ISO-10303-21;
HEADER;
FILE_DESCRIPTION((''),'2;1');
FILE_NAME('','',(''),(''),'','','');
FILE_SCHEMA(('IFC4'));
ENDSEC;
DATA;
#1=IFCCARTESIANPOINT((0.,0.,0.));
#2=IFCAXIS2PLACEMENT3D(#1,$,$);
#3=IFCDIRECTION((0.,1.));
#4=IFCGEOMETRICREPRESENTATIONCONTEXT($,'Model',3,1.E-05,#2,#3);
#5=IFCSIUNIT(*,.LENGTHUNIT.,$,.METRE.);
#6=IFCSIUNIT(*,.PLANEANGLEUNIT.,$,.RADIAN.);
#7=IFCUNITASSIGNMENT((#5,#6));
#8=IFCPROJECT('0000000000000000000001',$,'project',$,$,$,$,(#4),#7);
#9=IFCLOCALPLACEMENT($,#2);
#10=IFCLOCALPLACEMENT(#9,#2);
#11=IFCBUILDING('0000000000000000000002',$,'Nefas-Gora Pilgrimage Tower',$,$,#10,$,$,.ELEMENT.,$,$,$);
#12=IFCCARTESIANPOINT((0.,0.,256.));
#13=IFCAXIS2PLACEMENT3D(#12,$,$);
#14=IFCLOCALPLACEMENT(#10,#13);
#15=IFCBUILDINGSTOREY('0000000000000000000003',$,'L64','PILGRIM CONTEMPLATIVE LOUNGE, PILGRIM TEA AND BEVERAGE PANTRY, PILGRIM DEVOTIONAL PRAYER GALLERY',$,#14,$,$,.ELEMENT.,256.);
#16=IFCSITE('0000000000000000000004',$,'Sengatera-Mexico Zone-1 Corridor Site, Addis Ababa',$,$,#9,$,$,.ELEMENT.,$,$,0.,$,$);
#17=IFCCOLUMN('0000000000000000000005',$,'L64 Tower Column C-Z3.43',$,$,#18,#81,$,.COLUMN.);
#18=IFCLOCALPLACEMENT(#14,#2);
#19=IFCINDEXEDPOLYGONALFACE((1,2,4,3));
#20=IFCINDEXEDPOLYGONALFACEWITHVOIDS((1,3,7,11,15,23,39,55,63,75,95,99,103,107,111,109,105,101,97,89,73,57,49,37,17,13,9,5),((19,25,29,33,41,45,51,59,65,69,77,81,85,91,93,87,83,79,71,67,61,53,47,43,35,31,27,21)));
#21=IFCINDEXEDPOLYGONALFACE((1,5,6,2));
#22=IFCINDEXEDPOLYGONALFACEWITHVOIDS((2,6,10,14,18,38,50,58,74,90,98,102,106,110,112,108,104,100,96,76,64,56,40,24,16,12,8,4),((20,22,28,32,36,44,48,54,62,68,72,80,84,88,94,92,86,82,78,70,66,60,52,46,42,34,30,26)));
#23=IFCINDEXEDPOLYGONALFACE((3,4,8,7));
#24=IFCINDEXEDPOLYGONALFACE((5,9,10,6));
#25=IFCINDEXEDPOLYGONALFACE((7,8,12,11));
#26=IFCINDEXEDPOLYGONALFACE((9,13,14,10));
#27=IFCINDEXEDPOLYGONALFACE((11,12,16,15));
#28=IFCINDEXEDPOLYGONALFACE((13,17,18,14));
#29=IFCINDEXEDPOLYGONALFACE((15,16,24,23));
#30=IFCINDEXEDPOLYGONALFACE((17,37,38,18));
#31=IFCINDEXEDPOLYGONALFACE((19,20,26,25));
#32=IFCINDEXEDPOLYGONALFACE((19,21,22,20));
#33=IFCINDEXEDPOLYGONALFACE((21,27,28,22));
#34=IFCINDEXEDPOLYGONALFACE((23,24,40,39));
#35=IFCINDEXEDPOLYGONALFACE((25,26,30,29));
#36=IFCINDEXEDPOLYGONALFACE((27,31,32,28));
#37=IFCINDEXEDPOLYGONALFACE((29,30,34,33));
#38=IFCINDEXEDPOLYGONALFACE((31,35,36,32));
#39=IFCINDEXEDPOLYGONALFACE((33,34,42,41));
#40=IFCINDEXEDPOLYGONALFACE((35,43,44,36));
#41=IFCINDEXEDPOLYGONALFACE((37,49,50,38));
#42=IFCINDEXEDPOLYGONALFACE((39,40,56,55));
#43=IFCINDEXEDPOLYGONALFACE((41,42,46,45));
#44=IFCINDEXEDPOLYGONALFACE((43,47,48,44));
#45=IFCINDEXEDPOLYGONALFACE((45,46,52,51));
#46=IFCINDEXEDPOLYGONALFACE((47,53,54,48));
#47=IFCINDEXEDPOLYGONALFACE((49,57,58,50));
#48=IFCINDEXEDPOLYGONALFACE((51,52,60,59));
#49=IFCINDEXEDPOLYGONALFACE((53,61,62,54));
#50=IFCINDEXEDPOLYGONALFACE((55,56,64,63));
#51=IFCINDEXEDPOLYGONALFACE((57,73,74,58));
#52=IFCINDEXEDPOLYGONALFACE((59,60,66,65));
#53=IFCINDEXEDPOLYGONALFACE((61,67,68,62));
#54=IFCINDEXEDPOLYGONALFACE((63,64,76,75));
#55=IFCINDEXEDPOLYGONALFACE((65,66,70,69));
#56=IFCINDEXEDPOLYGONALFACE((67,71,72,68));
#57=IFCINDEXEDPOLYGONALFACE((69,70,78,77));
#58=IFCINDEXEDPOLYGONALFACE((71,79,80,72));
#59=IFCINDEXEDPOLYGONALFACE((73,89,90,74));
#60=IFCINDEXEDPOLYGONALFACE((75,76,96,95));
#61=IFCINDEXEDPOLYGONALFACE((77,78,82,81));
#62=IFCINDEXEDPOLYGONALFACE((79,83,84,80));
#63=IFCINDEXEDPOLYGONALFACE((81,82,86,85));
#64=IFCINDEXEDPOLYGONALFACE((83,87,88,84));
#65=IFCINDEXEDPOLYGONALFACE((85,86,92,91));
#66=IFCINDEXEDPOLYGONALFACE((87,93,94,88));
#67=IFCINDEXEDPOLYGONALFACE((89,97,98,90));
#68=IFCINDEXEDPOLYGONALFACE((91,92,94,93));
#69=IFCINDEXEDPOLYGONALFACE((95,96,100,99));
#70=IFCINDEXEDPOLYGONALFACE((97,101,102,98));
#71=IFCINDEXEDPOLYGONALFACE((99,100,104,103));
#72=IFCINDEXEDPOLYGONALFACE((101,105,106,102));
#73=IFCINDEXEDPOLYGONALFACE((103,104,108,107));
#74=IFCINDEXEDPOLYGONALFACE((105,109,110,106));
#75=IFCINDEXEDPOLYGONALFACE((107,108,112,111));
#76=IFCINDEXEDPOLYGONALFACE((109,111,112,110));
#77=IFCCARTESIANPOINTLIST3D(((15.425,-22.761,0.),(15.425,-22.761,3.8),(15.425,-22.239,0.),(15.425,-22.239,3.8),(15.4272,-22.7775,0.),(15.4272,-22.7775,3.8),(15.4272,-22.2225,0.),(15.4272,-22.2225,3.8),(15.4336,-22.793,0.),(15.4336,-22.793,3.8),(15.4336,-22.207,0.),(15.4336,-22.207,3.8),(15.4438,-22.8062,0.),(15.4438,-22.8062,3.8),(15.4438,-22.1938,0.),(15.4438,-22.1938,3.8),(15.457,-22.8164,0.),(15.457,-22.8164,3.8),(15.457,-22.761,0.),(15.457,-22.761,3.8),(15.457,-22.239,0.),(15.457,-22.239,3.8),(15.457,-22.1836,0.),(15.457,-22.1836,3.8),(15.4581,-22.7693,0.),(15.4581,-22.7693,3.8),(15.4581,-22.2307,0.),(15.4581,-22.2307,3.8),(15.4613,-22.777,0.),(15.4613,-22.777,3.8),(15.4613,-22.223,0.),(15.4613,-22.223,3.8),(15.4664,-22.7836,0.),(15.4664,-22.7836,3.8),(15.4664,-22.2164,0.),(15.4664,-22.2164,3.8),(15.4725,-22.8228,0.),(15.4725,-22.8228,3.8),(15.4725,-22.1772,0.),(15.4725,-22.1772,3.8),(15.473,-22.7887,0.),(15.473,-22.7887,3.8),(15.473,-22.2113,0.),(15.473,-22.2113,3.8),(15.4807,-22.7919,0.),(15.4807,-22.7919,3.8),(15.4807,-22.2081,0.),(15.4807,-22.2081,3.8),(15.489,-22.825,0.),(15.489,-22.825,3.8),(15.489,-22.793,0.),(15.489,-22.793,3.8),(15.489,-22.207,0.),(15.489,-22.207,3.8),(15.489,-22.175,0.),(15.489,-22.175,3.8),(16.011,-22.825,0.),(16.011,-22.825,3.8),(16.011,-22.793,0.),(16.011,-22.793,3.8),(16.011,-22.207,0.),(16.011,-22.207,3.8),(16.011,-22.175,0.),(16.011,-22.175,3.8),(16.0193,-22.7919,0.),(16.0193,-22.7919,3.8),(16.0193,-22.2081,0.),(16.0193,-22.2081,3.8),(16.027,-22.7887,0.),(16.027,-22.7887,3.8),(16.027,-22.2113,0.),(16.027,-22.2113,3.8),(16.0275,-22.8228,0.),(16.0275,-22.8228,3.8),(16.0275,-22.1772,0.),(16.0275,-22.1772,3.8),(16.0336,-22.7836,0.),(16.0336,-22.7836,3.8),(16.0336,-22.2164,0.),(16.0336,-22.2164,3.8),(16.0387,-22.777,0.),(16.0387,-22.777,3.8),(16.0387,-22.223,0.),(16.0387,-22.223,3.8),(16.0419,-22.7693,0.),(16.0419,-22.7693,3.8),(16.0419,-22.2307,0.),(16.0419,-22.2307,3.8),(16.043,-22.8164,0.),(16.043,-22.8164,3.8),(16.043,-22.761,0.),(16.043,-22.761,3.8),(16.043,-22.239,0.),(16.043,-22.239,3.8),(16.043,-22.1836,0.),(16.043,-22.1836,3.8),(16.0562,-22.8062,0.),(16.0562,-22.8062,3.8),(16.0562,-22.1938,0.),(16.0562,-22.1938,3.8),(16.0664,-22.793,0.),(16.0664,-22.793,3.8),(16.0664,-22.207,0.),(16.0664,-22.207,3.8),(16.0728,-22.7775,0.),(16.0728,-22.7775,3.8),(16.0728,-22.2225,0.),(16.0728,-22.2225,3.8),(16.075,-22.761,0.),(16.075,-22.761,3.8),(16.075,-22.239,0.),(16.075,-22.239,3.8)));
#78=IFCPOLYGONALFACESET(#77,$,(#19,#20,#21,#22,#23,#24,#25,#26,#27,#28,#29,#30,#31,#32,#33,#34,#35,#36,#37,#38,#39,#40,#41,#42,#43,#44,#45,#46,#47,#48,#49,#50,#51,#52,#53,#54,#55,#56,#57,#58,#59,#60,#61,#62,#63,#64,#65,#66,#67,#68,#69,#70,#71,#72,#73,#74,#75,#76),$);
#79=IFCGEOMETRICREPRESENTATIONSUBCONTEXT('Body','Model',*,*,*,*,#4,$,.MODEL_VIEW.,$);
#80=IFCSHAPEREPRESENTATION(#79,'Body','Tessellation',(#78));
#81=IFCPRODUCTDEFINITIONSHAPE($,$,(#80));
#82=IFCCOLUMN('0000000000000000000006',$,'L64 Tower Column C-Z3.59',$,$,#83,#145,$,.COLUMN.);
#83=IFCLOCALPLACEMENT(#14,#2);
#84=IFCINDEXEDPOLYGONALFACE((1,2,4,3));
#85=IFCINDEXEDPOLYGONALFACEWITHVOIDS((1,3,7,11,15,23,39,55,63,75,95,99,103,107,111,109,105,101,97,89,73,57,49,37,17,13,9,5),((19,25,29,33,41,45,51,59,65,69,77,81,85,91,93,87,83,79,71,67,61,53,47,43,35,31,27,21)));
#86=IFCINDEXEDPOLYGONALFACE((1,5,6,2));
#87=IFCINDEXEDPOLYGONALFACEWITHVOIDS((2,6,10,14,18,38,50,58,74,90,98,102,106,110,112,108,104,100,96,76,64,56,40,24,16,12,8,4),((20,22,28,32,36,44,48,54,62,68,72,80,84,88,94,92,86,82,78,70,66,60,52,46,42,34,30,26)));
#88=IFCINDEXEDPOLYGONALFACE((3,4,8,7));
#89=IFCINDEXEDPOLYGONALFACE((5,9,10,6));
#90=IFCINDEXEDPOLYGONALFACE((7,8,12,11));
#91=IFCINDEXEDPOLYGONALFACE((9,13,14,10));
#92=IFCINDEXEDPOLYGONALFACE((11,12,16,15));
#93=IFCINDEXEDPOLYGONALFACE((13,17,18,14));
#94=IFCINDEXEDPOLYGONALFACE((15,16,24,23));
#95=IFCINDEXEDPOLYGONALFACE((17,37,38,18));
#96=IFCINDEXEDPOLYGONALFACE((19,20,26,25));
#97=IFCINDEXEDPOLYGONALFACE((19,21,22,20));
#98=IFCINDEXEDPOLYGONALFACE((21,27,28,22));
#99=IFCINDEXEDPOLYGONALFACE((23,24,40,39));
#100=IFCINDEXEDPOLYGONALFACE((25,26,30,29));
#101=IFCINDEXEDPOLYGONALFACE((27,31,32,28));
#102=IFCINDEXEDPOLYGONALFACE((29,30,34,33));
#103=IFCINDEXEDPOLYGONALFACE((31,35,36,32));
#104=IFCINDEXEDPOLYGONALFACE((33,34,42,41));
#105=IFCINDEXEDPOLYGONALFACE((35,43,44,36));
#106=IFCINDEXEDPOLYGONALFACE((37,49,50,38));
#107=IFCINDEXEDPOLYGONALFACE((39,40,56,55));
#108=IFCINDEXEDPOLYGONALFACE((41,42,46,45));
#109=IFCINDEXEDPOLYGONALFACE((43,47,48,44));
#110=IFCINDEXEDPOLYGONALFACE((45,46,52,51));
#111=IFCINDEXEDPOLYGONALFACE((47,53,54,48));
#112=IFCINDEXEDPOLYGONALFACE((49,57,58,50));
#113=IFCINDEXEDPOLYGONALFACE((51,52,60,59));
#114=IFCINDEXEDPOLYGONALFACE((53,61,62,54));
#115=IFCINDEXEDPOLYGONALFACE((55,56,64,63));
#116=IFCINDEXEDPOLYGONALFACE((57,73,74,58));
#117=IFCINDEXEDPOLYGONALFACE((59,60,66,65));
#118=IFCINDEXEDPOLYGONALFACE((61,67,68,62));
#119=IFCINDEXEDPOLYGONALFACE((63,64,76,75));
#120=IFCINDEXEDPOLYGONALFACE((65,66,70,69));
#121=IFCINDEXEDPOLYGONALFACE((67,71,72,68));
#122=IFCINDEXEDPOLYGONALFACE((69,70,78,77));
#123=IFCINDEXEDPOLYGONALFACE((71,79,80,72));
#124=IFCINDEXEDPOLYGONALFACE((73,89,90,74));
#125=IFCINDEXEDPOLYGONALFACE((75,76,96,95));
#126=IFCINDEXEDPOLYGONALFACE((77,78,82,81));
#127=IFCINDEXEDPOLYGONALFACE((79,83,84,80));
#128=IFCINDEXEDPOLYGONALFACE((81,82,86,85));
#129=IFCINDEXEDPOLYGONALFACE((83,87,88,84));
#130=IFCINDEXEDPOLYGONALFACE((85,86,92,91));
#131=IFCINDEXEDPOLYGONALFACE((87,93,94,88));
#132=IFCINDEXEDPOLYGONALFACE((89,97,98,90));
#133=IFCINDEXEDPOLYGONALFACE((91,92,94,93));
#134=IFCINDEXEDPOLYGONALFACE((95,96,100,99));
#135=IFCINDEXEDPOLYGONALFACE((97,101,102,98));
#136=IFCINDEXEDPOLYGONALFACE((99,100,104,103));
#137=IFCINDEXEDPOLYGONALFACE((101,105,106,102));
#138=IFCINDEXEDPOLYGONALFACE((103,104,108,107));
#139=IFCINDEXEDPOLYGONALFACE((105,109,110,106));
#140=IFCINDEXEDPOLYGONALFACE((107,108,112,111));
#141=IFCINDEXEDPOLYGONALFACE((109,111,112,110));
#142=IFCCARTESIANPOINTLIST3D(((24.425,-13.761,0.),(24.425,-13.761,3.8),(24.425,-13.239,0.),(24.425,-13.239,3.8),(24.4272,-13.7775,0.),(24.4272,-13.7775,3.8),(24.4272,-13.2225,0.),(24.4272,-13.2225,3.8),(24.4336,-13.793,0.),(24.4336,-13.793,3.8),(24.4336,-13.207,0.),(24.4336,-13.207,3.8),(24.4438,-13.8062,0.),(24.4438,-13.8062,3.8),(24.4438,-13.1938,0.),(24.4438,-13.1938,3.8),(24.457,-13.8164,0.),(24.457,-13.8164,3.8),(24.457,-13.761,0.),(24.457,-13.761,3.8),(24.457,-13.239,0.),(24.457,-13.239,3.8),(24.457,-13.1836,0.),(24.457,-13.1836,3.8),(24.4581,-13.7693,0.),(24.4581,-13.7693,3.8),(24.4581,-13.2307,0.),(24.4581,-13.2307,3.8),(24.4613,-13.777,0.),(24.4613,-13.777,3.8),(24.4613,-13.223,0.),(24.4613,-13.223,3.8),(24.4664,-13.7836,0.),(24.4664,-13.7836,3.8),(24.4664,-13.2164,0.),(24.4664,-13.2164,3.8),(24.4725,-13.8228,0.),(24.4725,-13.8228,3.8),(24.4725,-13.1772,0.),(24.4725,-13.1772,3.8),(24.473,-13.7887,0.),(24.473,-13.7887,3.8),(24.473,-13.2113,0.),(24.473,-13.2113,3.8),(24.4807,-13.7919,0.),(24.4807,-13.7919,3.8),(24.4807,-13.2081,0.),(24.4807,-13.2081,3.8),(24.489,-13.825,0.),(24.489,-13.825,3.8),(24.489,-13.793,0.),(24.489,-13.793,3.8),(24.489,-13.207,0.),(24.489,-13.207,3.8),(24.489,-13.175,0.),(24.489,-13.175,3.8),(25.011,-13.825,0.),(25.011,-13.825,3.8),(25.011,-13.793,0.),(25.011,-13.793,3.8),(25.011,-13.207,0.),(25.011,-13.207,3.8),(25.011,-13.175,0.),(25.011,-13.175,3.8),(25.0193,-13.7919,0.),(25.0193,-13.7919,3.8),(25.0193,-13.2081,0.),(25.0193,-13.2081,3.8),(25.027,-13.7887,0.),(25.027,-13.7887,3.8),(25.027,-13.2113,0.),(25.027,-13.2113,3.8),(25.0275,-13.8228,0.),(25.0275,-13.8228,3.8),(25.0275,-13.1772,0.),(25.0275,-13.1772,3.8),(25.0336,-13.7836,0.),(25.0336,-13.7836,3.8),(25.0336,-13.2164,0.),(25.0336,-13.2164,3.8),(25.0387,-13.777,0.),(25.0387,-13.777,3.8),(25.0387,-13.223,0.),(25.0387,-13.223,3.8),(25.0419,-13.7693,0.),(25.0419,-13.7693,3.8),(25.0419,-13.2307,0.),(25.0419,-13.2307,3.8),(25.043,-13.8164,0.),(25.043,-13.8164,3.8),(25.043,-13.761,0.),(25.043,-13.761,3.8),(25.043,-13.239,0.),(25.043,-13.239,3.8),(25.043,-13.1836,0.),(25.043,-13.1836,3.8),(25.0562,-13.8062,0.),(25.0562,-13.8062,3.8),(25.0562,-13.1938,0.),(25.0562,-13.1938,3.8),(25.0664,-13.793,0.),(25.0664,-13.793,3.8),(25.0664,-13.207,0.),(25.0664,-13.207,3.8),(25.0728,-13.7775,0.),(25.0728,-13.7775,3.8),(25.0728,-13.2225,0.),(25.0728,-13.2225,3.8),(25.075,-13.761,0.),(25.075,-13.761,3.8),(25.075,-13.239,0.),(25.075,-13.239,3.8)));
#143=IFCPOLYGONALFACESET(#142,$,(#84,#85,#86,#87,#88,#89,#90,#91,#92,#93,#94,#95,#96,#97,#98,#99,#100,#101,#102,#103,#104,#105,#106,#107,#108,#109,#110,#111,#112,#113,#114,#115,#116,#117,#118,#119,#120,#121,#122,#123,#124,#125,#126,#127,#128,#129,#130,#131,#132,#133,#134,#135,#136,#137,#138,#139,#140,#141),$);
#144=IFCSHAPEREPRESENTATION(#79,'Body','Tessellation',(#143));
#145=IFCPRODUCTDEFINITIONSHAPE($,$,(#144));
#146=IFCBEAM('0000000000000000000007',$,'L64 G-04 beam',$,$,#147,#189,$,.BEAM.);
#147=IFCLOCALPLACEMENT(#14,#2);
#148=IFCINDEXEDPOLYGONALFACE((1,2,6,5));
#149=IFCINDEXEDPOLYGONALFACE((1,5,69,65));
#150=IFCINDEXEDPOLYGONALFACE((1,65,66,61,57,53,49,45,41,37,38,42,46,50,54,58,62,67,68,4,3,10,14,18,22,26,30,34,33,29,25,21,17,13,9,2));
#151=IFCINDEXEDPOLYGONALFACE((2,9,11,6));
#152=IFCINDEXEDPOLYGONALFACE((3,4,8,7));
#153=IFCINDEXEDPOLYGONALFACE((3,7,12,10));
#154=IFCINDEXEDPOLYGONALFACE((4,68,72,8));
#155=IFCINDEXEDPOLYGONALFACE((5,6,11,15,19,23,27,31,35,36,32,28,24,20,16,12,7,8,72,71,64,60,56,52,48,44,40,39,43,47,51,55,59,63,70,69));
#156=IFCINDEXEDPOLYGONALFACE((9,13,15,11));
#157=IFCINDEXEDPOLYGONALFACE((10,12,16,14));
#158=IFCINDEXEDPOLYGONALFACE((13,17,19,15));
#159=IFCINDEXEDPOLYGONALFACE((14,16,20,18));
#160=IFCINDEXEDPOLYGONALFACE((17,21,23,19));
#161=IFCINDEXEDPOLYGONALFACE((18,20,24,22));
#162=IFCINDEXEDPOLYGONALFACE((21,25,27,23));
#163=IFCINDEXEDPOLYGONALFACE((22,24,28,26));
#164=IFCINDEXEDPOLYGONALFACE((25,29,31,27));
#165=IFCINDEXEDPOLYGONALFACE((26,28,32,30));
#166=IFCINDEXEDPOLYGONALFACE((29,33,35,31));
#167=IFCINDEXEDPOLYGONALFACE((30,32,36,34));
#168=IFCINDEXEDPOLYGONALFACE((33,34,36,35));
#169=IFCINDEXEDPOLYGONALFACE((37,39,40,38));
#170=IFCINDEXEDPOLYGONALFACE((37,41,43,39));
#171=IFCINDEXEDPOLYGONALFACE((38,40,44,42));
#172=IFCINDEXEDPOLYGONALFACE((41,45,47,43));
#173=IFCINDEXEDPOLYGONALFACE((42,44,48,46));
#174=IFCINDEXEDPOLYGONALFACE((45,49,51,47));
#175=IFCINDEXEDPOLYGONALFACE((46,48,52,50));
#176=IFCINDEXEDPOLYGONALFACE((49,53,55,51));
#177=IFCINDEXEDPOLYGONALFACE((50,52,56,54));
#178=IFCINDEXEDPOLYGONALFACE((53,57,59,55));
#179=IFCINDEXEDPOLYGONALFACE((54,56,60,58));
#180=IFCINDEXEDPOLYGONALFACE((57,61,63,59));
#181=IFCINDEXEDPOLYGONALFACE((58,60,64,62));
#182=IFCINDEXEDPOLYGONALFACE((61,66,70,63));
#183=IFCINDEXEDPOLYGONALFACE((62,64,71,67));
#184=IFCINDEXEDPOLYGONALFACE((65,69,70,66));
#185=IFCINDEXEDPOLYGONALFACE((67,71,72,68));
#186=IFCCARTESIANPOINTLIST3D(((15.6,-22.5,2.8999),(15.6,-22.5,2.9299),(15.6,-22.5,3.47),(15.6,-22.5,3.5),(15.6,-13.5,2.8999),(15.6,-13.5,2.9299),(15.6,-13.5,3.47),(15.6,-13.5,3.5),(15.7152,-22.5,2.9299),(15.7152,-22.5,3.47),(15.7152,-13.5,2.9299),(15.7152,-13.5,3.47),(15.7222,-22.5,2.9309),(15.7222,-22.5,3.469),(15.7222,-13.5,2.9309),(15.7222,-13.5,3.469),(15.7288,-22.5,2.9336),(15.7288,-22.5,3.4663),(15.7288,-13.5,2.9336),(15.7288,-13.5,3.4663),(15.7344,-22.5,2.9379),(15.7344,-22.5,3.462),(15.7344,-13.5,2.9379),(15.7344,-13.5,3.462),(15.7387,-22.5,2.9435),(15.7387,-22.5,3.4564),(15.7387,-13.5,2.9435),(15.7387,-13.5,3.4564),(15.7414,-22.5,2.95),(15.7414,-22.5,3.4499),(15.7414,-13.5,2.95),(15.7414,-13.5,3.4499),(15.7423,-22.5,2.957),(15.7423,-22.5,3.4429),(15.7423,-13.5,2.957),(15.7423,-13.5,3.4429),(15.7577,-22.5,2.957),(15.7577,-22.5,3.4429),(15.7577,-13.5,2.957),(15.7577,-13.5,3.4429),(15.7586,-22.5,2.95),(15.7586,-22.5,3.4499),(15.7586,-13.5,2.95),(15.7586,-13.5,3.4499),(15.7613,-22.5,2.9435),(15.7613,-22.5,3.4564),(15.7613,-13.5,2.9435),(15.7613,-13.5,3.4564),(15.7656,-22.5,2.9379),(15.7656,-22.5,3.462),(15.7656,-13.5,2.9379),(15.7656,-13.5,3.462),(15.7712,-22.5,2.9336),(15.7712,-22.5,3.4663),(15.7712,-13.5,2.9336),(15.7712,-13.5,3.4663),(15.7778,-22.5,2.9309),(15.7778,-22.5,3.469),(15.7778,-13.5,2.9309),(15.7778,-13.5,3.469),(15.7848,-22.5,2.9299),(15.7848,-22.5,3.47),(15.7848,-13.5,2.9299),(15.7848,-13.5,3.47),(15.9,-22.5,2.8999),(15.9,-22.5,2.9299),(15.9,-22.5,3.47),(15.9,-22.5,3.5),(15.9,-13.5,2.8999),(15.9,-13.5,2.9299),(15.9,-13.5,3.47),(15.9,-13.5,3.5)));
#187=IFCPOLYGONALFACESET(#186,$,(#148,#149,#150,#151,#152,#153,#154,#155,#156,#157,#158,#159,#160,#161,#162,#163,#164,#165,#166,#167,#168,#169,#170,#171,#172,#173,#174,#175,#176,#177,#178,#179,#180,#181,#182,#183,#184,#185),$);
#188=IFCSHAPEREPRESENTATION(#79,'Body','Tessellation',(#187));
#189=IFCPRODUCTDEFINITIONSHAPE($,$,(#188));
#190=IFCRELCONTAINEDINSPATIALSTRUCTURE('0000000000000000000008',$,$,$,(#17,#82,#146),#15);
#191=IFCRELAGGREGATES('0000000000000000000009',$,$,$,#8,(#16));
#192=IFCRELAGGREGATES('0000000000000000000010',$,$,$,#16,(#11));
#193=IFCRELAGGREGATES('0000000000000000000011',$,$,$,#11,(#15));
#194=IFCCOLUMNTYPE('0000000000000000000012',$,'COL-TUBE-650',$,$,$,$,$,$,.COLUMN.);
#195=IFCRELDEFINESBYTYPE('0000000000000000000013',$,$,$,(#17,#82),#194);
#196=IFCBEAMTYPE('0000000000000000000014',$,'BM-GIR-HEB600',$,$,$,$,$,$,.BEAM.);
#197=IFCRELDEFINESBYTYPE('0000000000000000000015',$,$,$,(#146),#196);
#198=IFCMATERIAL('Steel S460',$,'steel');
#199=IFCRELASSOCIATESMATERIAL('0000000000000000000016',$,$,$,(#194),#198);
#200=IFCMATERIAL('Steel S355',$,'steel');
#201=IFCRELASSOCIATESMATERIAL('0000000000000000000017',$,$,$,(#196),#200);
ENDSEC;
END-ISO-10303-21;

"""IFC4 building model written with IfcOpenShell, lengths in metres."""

from ifc_helpers import new_model, si_unit, direction, frame, origin, origin_2d, place, context, subcontext, project, spatial, hollow_rectangle, i_section, extrude, source, transform, mapped, material, material_profile, profile_set, type_object, element, save


model = new_model("IFC4")

# Units and contexts
model_context = context("Model", 3, precision=1e-05, world=origin(), true_north=direction((0.0, 1.0)))
body_context = subcontext(model_context, "Body", "Model", "MODEL_VIEW")
ifc_project = project(units=[si_unit("LENGTHUNIT", "METRE"), si_unit("PLANEANGLEUNIT", "RADIAN")], contexts=[model_context])

# Site, building, storey
site_placement = place(None, origin())
site = spatial("IfcSite", under=ifc_project, at=site_placement, Name="Sengatera-Mexico Zone-1 Corridor Site, Addis Ababa", CompositionType="ELEMENT", RefElevation=0.0)
building_placement = place(site_placement, origin())
building = spatial("IfcBuilding", under=site, at=building_placement, Name="Nefas-Gora Pilgrimage Tower", CompositionType="ELEMENT")
storey_placement = place(building_placement, frame((0.0, 0.0, 256.0)))
storey = spatial("IfcBuildingStorey", under=building, at=storey_placement, Name="L64", Description="PILGRIM CONTEMPLATIVE LOUNGE, PILGRIM TEA AND BEVERAGE PANTRY, PILGRIM DEVOTIONAL PRAYER GALLERY", CompositionType="ELEMENT", Elevation=256.0)

# Columns
ifc_material_1 = material(Name="Steel S460", Category="steel")
ifc_material_profile_1 = material_profile(ifc_material_1, hollow_rectangle(XDim=0.6499, YDim=0.6499, WallThickness=0.032, InnerFilletRadius=0.032, OuterFilletRadius=0.064, at=origin_2d()), Name="BOX 650x650x32")
ifc_profile_set_1 = profile_set([ifc_material_profile_1], Name="Steel S460")
column_type_1 = type_object("IfcColumnType", Name="COL-TUBE-650", PredefinedType="COLUMN", material=ifc_profile_set_1)
shared_shape_1 = source(origin(), body_context, "Body", "SweptSolid", [
    extrude(hollow_rectangle(XDim=0.6499, YDim=0.6499, WallThickness=0.032, InnerFilletRadius=0.032, OuterFilletRadius=0.064, at=origin_2d()), origin(), (0.0, 0.0, 1.0), 3.8),
])
for number, where, z_axis, x_axis, name in (
    (1, (15.75, -22.5, 0.0), (0.0, 0.0, 1.0), (1.0, 0.0, 0.0), "L64 Tower Column C-Z3.43"),
    (2, (24.75, -13.5, 0.0), (0.0, 0.0, 1.0), (1.0, 0.0, 0.0), "L64 Tower Column C-Z3.59"),
):
    element("IfcColumn", number, at=place(storey_placement, frame(where, z_axis=z_axis, x_axis=x_axis)), inside=storey, type_object=column_type_1, Name=name, PredefinedType="COLUMN", context=body_context, shape_type="MappedRepresentation", body=[
        mapped(shared_shape_1, transform((0.0, 0.0, 0.0), x_axis=(1.0, 0.0, 0.0), y_axis=(0.0, 1.0, 0.0), z_axis=(0.0, 0.0, 1.0), scale=1.0)),
    ])

# Beam
ifc_material_2 = material(Name="Steel S355", Category="steel")
ifc_material_profile_2 = material_profile(ifc_material_2, i_section(OverallWidth=0.3, OverallDepth=0.6001, WebThickness=0.0154, FlangeThickness=0.03, FilletRadius=0.0271, at=origin_2d()), Name="HEB 600")
ifc_profile_set_2 = profile_set([ifc_material_profile_2], Name="Steel S355")
beam_type_1 = type_object("IfcBeamType", Name="BM-GIR-HEB600", PredefinedType="BEAM", material=ifc_profile_set_2)
shared_shape_2 = source(origin(), body_context, "Body", "SweptSolid", [
    extrude(i_section(OverallWidth=0.3, OverallDepth=0.6001, WebThickness=0.0154, FlangeThickness=0.03, FilletRadius=0.0271, at=origin_2d()), origin(), (0.0, 0.0, 1.0), 9.0),
])
beam_1_placement = place(storey_placement, frame((15.75, -22.5, 3.2), z_axis=(0.0, 1.0, 0.0), x_axis=(-1.0, 0.0, 0.0)))
element("IfcBeam", 3, at=beam_1_placement, inside=storey, type_object=beam_type_1, Name="L64 G-04 beam", PredefinedType="BEAM", context=body_context, shape_type="MappedRepresentation", body=[
    mapped(shared_shape_2, transform((0.0, 0.0, 0.0), x_axis=(1.0, 0.0, 0.0), y_axis=(0.0, 1.0, 0.0), z_axis=(0.0, 0.0, 1.0), scale=1.0)),
])

save(model, "model.ifc")
